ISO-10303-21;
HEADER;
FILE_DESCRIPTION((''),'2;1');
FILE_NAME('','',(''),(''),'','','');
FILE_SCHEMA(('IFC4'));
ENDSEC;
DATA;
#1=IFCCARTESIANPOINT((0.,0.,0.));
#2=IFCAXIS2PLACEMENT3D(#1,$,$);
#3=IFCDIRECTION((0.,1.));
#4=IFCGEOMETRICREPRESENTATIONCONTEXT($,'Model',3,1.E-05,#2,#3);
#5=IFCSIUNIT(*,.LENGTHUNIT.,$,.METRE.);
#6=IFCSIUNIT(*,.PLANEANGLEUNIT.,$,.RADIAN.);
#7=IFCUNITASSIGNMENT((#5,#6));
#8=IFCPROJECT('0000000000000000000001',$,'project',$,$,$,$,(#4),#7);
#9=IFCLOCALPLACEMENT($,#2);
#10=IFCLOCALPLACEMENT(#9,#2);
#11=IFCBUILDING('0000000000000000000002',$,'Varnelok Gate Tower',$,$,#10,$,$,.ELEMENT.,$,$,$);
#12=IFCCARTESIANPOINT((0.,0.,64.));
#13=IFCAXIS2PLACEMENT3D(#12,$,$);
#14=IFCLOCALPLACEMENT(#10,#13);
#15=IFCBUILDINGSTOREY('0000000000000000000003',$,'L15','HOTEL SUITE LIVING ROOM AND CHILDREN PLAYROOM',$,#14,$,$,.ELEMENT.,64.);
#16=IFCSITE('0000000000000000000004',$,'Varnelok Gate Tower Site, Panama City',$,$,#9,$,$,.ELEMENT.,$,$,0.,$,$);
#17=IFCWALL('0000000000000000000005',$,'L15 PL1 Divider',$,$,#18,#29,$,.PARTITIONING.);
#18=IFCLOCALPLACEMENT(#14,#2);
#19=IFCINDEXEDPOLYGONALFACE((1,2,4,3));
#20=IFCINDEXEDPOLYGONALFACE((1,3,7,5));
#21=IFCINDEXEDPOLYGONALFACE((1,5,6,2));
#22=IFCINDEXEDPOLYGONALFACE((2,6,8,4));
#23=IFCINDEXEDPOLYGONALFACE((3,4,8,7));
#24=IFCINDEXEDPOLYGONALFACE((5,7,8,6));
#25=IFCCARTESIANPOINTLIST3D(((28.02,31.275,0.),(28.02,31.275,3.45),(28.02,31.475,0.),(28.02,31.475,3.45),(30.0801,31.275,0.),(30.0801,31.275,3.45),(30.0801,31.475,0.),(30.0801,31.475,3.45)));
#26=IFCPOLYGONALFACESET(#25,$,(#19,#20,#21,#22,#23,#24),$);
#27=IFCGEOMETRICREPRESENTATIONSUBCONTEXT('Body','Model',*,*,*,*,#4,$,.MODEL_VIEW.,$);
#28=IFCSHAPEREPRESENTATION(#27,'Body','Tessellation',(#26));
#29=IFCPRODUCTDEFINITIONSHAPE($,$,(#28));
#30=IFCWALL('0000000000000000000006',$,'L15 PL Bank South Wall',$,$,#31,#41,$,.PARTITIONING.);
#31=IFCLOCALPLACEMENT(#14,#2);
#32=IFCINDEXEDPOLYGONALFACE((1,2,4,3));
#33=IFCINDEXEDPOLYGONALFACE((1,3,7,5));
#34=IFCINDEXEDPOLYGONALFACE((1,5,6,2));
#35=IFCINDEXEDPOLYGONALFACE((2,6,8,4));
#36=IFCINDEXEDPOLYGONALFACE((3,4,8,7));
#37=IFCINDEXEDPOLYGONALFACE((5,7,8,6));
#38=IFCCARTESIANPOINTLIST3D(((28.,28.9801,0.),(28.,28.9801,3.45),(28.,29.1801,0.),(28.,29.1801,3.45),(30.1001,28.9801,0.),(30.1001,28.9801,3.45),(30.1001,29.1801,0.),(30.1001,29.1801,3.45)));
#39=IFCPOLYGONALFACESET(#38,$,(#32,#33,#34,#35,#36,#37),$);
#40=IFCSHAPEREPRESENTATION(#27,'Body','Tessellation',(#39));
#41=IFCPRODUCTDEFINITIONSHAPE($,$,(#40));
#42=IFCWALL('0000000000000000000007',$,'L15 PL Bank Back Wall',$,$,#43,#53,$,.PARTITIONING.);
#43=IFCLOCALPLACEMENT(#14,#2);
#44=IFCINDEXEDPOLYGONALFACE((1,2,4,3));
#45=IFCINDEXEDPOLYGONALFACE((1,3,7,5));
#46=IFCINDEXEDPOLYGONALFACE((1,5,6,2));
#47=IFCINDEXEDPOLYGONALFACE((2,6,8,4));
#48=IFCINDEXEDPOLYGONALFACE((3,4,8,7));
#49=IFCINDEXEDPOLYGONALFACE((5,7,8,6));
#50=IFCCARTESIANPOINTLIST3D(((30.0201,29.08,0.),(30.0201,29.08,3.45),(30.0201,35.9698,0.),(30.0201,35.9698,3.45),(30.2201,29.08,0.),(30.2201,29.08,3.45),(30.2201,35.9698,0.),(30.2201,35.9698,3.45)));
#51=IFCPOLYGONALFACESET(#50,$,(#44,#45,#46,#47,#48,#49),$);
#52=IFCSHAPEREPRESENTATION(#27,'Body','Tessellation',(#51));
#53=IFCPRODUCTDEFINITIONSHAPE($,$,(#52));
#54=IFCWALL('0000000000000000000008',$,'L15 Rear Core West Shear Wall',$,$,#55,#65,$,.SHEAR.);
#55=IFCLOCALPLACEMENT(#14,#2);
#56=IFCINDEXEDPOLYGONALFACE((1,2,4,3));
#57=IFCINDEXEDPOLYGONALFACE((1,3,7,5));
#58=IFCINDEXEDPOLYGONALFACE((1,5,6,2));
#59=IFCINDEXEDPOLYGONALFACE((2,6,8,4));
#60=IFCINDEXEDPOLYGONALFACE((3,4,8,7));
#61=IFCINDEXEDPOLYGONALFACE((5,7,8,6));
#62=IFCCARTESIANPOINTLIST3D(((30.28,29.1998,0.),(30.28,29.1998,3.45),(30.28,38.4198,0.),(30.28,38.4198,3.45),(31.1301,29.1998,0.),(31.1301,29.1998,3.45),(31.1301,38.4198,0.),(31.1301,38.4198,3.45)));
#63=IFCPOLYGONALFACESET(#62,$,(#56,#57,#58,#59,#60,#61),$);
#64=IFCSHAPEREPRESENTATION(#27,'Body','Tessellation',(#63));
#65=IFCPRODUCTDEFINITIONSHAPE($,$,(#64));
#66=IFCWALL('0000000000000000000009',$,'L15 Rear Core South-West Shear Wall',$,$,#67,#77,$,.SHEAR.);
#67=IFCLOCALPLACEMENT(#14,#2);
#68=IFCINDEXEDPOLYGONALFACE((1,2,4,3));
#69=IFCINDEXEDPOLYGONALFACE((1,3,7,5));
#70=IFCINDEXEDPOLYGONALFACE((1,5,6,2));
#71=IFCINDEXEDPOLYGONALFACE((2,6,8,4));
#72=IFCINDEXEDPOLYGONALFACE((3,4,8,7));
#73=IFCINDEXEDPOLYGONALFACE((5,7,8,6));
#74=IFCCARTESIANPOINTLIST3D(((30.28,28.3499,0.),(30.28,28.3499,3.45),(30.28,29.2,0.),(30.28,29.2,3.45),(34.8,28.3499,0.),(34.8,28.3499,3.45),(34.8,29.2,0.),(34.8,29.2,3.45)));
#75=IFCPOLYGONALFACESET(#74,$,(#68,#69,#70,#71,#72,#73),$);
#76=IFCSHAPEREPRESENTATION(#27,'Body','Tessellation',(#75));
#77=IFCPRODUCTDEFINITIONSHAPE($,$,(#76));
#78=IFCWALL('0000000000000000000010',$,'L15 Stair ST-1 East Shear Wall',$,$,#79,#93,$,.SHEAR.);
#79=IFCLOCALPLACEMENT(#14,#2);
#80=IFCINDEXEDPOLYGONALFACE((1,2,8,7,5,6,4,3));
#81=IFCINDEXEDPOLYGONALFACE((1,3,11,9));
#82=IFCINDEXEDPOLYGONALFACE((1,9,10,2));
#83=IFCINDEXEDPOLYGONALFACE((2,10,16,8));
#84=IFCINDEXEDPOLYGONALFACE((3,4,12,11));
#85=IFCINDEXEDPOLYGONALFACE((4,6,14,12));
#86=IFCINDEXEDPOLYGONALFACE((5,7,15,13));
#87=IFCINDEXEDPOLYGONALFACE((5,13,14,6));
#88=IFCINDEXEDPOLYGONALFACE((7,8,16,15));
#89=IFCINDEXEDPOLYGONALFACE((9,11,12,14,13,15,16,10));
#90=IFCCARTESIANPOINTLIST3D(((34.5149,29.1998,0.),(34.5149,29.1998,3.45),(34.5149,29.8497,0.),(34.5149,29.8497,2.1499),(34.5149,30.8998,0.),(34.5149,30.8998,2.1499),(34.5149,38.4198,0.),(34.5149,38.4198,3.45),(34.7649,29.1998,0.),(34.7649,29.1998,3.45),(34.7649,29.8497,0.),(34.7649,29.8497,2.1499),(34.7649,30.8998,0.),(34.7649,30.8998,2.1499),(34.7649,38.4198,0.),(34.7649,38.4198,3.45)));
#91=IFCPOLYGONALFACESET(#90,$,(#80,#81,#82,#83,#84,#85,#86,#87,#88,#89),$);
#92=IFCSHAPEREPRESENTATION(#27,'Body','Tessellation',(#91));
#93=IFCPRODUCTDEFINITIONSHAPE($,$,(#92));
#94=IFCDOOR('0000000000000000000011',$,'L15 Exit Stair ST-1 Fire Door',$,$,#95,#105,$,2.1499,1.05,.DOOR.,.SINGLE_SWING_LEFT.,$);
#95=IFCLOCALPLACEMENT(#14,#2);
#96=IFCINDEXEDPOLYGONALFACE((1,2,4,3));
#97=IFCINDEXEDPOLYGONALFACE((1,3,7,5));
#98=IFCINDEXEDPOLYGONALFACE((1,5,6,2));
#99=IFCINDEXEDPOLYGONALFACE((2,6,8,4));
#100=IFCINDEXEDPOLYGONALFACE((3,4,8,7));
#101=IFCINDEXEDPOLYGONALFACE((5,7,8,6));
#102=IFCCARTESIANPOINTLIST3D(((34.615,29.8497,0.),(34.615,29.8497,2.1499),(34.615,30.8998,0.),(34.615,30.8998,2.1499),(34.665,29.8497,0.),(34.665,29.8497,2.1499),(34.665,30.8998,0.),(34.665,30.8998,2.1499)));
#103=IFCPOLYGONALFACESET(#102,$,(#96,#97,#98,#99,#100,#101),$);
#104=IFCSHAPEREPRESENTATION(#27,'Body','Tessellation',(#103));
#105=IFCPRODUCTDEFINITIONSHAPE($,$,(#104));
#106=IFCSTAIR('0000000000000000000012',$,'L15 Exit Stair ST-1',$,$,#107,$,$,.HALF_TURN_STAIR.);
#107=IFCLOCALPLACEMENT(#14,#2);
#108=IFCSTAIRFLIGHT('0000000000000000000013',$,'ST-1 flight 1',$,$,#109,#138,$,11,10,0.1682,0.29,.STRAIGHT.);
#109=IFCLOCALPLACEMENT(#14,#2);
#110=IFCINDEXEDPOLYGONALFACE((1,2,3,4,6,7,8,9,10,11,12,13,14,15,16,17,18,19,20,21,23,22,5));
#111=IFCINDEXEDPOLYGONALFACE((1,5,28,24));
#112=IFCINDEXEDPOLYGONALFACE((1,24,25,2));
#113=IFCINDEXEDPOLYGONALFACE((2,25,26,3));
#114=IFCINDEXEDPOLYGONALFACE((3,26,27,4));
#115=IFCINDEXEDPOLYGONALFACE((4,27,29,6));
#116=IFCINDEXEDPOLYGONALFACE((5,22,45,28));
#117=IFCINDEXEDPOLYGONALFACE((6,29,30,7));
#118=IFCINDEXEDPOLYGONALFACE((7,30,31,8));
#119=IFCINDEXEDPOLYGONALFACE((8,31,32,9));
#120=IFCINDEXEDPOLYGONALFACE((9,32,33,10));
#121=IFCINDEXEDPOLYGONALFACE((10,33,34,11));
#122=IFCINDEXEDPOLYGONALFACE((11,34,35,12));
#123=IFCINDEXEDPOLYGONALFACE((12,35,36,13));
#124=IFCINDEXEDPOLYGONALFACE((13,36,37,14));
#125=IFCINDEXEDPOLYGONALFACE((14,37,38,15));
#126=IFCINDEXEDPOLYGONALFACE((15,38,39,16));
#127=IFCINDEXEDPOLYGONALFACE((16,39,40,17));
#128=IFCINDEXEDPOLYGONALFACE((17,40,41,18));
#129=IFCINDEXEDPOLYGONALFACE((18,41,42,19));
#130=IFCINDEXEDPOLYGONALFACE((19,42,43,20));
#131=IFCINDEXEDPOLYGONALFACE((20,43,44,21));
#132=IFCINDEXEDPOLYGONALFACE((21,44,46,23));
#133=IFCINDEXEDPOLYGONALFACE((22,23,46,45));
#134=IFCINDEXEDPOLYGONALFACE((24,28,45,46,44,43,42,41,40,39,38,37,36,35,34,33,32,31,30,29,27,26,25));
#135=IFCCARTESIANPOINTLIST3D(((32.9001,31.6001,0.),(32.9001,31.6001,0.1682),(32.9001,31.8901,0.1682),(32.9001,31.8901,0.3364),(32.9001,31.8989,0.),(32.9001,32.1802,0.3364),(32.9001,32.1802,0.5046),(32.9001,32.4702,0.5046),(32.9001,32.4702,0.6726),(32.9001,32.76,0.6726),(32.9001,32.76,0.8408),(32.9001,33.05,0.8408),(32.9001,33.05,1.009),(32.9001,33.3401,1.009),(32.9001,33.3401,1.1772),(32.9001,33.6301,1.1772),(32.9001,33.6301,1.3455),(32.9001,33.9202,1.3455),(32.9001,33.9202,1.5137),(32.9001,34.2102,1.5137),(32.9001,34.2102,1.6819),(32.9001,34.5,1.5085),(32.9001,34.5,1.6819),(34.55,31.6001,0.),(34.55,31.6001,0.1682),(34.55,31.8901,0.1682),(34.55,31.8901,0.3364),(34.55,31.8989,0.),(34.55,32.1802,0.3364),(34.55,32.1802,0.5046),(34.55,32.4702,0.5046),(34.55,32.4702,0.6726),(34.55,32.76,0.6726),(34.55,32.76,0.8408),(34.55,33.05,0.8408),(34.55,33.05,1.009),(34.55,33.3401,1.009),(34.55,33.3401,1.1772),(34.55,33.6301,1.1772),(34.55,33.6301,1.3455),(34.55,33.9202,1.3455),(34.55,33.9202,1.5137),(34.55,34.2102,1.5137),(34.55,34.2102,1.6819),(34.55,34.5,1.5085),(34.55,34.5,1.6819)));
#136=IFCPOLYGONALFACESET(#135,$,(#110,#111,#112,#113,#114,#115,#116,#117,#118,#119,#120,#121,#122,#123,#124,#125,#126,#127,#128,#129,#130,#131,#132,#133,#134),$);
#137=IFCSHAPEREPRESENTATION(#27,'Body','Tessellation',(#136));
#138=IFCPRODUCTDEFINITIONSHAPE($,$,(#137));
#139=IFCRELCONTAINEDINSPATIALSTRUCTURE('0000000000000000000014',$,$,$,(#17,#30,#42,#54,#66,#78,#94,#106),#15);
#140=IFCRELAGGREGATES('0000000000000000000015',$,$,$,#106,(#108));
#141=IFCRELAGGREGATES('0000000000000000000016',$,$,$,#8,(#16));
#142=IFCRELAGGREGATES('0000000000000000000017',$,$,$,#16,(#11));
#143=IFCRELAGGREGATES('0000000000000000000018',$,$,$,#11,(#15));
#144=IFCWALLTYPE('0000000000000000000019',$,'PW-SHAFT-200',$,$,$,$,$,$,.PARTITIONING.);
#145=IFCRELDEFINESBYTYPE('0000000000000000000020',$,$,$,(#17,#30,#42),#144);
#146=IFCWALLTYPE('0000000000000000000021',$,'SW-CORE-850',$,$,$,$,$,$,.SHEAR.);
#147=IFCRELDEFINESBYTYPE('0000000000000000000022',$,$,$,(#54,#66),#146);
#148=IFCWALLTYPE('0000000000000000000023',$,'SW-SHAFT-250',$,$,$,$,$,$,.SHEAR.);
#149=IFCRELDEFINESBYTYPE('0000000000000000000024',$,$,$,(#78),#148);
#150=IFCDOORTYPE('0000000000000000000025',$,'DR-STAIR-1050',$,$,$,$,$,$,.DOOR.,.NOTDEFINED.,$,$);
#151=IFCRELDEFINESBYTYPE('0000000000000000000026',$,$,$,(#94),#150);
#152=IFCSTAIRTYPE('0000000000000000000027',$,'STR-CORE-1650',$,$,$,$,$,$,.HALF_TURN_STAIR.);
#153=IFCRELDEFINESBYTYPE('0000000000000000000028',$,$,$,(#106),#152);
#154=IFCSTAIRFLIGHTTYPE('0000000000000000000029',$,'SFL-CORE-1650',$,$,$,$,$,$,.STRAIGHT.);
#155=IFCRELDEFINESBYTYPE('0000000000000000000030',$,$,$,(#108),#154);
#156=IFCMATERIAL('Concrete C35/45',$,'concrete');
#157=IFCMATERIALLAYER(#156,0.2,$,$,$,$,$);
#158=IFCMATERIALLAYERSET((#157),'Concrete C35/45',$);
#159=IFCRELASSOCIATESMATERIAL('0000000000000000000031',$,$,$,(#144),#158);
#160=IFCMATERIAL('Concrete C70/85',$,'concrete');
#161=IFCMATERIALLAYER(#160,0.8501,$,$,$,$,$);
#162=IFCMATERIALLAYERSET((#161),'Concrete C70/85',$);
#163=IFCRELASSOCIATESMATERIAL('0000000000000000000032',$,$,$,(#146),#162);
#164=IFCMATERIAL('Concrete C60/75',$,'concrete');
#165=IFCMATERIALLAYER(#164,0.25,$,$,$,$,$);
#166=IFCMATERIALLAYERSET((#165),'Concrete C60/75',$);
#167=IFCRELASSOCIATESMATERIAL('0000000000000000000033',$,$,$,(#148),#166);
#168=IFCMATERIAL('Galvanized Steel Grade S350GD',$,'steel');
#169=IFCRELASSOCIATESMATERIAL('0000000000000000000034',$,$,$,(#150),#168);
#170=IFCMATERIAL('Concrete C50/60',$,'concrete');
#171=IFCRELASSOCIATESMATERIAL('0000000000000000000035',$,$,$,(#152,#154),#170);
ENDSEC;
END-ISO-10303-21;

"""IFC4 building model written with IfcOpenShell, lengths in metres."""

from ifc_helpers import new_model, si_unit, direction, frame, frame_2d, origin, place, context, subcontext, project, spatial, polyline, rectangle, outline, extrude, material, layer, layer_set, type_object, element, fill, aggregate, save


model = new_model("IFC4")

# Units and contexts
model_context = context("Model", 3, precision=1e-05, world=origin(), true_north=direction((0.0, 1.0)))
body_context = subcontext(model_context, "Body", "Model", "MODEL_VIEW")
ifc_project = project(units=[si_unit("LENGTHUNIT", "METRE"), si_unit("PLANEANGLEUNIT", "RADIAN")], contexts=[model_context])

# Site, building, storey
site_placement = place(None, origin())
site = spatial("IfcSite", under=ifc_project, at=site_placement, Name="Varnelok Gate Tower Site, Panama City", CompositionType="ELEMENT", RefElevation=0.0)
building_placement = place(site_placement, origin())
building = spatial("IfcBuilding", under=site, at=building_placement, Name="Varnelok Gate Tower", CompositionType="ELEMENT")
storey_placement = place(building_placement, frame((0.0, 0.0, 64.0)))
storey = spatial("IfcBuildingStorey", under=building, at=storey_placement, Name="L15", Description="HOTEL SUITE LIVING ROOM AND CHILDREN PLAYROOM", CompositionType="ELEMENT", Elevation=64.0)

# Walls
ifc_material_1 = material(Name="Concrete C35/45", Category="concrete")
ifc_layer_1 = layer(ifc_material_1, 0.2)
ifc_layer_set_1 = layer_set([ifc_layer_1], Name="Concrete C35/45")
wall_type_1 = type_object("IfcWallType", Name="PW-SHAFT-200", PredefinedType="PARTITIONING", material=ifc_layer_set_1)
wall_1_placement = place(storey_placement, frame((28.02, 31.375, 0.0), z_axis=(0.0, 0.0, 1.0), x_axis=(1.0, 0.0, 0.0)))
element("IfcWall", 1, at=wall_1_placement, inside=storey, type_object=wall_type_1, Name="L15 PL1 Divider", PredefinedType="PARTITIONING", context=body_context, shape_type="SweptSolid", body=[
    extrude(rectangle(XDim=2.0601, YDim=0.2, at=frame_2d((1.03, 0.0))), origin(), (0.0, 0.0, 1.0), 3.45),
])
wall_2_placement = place(storey_placement, frame((28.0, 29.0801, 0.0), z_axis=(0.0, 0.0, 1.0), x_axis=(1.0, 0.0, 0.0)))
element("IfcWall", 2, at=wall_2_placement, inside=storey, type_object=wall_type_1, Name="L15 PL Bank South Wall", PredefinedType="PARTITIONING", context=body_context, shape_type="SweptSolid", body=[
    extrude(rectangle(XDim=2.1001, YDim=0.2, at=frame_2d((1.05, 0.0))), origin(), (0.0, 0.0, 1.0), 3.45),
])
wall_3_placement = place(storey_placement, frame((30.1201, 29.0801, 0.0), z_axis=(0.0, 0.0, 1.0), x_axis=(0.0, 1.0, 0.0)))
element("IfcWall", 3, at=wall_3_placement, inside=storey, type_object=wall_type_1, Name="L15 PL Bank Back Wall", PredefinedType="PARTITIONING", context=body_context, shape_type="SweptSolid", body=[
    extrude(rectangle(XDim=6.8899, YDim=0.2, at=frame_2d((3.4448, 0.0))), origin(), (0.0, 0.0, 1.0), 3.45),
])

# Shared definitions
ifc_material_2 = material(Name="Galvanized Steel Grade S350GD", Category="steel")

# Walls
ifc_material_3 = material(Name="Concrete C70/85", Category="concrete")
ifc_layer_2 = layer(ifc_material_3, 0.8501)
ifc_layer_set_2 = layer_set([ifc_layer_2], Name="Concrete C70/85")
wall_type_2 = type_object("IfcWallType", Name="SW-CORE-850", PredefinedType="SHEAR", material=ifc_layer_set_2)
wall_4_placement = place(storey_placement, frame((30.7051, 29.2, 0.0), z_axis=(0.0, 0.0, 1.0), x_axis=(0.0, 1.0, 0.0)))
element("IfcWall", 4, at=wall_4_placement, inside=storey, type_object=wall_type_2, Name="L15 Rear Core West Shear Wall", PredefinedType="SHEAR", context=body_context, shape_type="SweptSolid", body=[
    extrude(rectangle(XDim=9.22, YDim=0.8501, at=frame_2d((4.6099, 0.0))), origin(), (0.0, 0.0, 1.0), 3.45),
])
wall_5_placement = place(storey_placement, frame((30.28, 28.7749, 0.0), z_axis=(0.0, 0.0, 1.0), x_axis=(1.0, 0.0, 0.0)))
element("IfcWall", 5, at=wall_5_placement, inside=storey, type_object=wall_type_2, Name="L15 Rear Core South-West Shear Wall", PredefinedType="SHEAR", context=body_context, shape_type="SweptSolid", body=[
    extrude(rectangle(XDim=4.52, YDim=0.8501, at=frame_2d((2.26, 0.0))), origin(), (0.0, 0.0, 1.0), 3.45),
])

# Wall, opening, door
ifc_material_4 = material(Name="Concrete C60/75", Category="concrete")
ifc_layer_3 = layer(ifc_material_4, 0.25)
ifc_layer_set_3 = layer_set([ifc_layer_3], Name="Concrete C60/75")
wall_type_3 = type_object("IfcWallType", Name="SW-SHAFT-250", PredefinedType="SHEAR", material=ifc_layer_set_3)
wall_6_placement = place(storey_placement, frame((34.6399, 29.2, 0.0), z_axis=(0.0, 0.0, 1.0), x_axis=(0.0, 1.0, 0.0)))
wall_6 = element("IfcWall", 6, at=wall_6_placement, inside=storey, type_object=wall_type_3, Name="L15 Stair ST-1 East Shear Wall", PredefinedType="SHEAR", context=body_context, shape_type="SweptSolid", body=[
    extrude(rectangle(XDim=9.22, YDim=0.25, at=frame_2d((4.6099, 0.0))), origin(), (0.0, 0.0, 1.0), 3.45),
])
opening_1_placement = place(wall_6_placement, frame((0.6499, 0.0, 0.0)))
opening_1 = element("IfcOpeningElement", 7, at=opening_1_placement, cuts=wall_6, PredefinedType="OPENING", context=body_context, shape_type="SweptSolid", body=[
    extrude(rectangle(XDim=1.05, YDim=2.1499, at=frame_2d((0.5249, 1.075))), frame((0.0, 0.135, 0.0), z_axis=(0.0, -1.0, 0.0), x_axis=(1.0, 0.0, 0.0)), (0.0, 0.0, 1.0), 0.27),
])
door_type_1 = type_object("IfcDoorType", Name="DR-STAIR-1050", OperationType="NOTDEFINED", PredefinedType="DOOR", material=ifc_material_2)
door_1_placement = place(opening_1_placement, origin())
door_1 = element("IfcDoor", 8, at=door_1_placement, inside=storey, type_object=door_type_1, Name="L15 Exit Stair ST-1 Fire Door", OperationType="SINGLE_SWING_LEFT", OverallHeight=2.1499, OverallWidth=1.05, PredefinedType="DOOR", context=body_context, shape_type="SweptSolid", body=[
    extrude(rectangle(XDim=1.05, YDim=2.1499, at=frame_2d((0.5249, 1.075))), frame((0.0, 0.0249, 0.0), z_axis=(0.0, -1.0, 0.0), x_axis=(1.0, 0.0, 0.0)), (0.0, 0.0, 1.0), 0.05),
])
fill(opening_1, door_1)

# Stair, stair flight
ifc_material_5 = material(Name="Concrete C50/60", Category="concrete")
stair_type = type_object("IfcStairType", Name="STR-CORE-1650", PredefinedType="HALF_TURN_STAIR", material=ifc_material_5)
stair_placement = place(storey_placement, origin())
stair = element("IfcStair", 9, at=stair_placement, inside=storey, type_object=stair_type, Name="L15 Exit Stair ST-1", PredefinedType="HALF_TURN_STAIR")
stair_flight_type = type_object("IfcStairFlightType", Name="SFL-CORE-1650", PredefinedType="STRAIGHT", material=ifc_material_5)
stair_flight_placement = place(storey_placement, frame((33.7251, 31.6001, 0.0), z_axis=(0.0, 0.0, 1.0), x_axis=(0.0, 1.0, 0.0)))
stair_flight = element("IfcStairFlight", 10, at=stair_flight_placement, type_object=stair_flight_type, Name="ST-1 flight 1", NumberOfRisers=11, NumberOfTreads=10, PredefinedType="STRAIGHT", RiserHeight=0.1682, TreadLength=0.29, context=body_context, shape_type="SweptSolid", body=[
    extrude(outline(polyline([(0.0, 0.0), (0.0, 0.1682), (0.29, 0.1682), (0.29, 0.3364), (0.5801, 0.3364), (0.5801, 0.5046), (0.8701, 0.5046), (0.8701, 0.6726), (1.1599, 0.6726), (1.1599, 0.8408), (1.45, 0.8408), (1.45, 1.009), (1.74, 1.009), (1.74, 1.1772), (2.03, 1.1772), (2.03, 1.3455), (2.3201, 1.3455), (2.3201, 1.5137), (2.6101, 1.5137), (2.6101, 1.6819), (2.8999, 1.6819), (2.8999, 1.8501), (2.8999, 1.5085), (0.2988, 0.0), (0.0, 0.0)])), frame((0.0, 0.825, 0.0), z_axis=(0.0, -1.0, 0.0), x_axis=(1.0, 0.0, 0.0)), (0.0, 0.0, 1.0), 1.6499),
])
aggregate(stair, [stair_flight])

save(model, "model.ifc")
